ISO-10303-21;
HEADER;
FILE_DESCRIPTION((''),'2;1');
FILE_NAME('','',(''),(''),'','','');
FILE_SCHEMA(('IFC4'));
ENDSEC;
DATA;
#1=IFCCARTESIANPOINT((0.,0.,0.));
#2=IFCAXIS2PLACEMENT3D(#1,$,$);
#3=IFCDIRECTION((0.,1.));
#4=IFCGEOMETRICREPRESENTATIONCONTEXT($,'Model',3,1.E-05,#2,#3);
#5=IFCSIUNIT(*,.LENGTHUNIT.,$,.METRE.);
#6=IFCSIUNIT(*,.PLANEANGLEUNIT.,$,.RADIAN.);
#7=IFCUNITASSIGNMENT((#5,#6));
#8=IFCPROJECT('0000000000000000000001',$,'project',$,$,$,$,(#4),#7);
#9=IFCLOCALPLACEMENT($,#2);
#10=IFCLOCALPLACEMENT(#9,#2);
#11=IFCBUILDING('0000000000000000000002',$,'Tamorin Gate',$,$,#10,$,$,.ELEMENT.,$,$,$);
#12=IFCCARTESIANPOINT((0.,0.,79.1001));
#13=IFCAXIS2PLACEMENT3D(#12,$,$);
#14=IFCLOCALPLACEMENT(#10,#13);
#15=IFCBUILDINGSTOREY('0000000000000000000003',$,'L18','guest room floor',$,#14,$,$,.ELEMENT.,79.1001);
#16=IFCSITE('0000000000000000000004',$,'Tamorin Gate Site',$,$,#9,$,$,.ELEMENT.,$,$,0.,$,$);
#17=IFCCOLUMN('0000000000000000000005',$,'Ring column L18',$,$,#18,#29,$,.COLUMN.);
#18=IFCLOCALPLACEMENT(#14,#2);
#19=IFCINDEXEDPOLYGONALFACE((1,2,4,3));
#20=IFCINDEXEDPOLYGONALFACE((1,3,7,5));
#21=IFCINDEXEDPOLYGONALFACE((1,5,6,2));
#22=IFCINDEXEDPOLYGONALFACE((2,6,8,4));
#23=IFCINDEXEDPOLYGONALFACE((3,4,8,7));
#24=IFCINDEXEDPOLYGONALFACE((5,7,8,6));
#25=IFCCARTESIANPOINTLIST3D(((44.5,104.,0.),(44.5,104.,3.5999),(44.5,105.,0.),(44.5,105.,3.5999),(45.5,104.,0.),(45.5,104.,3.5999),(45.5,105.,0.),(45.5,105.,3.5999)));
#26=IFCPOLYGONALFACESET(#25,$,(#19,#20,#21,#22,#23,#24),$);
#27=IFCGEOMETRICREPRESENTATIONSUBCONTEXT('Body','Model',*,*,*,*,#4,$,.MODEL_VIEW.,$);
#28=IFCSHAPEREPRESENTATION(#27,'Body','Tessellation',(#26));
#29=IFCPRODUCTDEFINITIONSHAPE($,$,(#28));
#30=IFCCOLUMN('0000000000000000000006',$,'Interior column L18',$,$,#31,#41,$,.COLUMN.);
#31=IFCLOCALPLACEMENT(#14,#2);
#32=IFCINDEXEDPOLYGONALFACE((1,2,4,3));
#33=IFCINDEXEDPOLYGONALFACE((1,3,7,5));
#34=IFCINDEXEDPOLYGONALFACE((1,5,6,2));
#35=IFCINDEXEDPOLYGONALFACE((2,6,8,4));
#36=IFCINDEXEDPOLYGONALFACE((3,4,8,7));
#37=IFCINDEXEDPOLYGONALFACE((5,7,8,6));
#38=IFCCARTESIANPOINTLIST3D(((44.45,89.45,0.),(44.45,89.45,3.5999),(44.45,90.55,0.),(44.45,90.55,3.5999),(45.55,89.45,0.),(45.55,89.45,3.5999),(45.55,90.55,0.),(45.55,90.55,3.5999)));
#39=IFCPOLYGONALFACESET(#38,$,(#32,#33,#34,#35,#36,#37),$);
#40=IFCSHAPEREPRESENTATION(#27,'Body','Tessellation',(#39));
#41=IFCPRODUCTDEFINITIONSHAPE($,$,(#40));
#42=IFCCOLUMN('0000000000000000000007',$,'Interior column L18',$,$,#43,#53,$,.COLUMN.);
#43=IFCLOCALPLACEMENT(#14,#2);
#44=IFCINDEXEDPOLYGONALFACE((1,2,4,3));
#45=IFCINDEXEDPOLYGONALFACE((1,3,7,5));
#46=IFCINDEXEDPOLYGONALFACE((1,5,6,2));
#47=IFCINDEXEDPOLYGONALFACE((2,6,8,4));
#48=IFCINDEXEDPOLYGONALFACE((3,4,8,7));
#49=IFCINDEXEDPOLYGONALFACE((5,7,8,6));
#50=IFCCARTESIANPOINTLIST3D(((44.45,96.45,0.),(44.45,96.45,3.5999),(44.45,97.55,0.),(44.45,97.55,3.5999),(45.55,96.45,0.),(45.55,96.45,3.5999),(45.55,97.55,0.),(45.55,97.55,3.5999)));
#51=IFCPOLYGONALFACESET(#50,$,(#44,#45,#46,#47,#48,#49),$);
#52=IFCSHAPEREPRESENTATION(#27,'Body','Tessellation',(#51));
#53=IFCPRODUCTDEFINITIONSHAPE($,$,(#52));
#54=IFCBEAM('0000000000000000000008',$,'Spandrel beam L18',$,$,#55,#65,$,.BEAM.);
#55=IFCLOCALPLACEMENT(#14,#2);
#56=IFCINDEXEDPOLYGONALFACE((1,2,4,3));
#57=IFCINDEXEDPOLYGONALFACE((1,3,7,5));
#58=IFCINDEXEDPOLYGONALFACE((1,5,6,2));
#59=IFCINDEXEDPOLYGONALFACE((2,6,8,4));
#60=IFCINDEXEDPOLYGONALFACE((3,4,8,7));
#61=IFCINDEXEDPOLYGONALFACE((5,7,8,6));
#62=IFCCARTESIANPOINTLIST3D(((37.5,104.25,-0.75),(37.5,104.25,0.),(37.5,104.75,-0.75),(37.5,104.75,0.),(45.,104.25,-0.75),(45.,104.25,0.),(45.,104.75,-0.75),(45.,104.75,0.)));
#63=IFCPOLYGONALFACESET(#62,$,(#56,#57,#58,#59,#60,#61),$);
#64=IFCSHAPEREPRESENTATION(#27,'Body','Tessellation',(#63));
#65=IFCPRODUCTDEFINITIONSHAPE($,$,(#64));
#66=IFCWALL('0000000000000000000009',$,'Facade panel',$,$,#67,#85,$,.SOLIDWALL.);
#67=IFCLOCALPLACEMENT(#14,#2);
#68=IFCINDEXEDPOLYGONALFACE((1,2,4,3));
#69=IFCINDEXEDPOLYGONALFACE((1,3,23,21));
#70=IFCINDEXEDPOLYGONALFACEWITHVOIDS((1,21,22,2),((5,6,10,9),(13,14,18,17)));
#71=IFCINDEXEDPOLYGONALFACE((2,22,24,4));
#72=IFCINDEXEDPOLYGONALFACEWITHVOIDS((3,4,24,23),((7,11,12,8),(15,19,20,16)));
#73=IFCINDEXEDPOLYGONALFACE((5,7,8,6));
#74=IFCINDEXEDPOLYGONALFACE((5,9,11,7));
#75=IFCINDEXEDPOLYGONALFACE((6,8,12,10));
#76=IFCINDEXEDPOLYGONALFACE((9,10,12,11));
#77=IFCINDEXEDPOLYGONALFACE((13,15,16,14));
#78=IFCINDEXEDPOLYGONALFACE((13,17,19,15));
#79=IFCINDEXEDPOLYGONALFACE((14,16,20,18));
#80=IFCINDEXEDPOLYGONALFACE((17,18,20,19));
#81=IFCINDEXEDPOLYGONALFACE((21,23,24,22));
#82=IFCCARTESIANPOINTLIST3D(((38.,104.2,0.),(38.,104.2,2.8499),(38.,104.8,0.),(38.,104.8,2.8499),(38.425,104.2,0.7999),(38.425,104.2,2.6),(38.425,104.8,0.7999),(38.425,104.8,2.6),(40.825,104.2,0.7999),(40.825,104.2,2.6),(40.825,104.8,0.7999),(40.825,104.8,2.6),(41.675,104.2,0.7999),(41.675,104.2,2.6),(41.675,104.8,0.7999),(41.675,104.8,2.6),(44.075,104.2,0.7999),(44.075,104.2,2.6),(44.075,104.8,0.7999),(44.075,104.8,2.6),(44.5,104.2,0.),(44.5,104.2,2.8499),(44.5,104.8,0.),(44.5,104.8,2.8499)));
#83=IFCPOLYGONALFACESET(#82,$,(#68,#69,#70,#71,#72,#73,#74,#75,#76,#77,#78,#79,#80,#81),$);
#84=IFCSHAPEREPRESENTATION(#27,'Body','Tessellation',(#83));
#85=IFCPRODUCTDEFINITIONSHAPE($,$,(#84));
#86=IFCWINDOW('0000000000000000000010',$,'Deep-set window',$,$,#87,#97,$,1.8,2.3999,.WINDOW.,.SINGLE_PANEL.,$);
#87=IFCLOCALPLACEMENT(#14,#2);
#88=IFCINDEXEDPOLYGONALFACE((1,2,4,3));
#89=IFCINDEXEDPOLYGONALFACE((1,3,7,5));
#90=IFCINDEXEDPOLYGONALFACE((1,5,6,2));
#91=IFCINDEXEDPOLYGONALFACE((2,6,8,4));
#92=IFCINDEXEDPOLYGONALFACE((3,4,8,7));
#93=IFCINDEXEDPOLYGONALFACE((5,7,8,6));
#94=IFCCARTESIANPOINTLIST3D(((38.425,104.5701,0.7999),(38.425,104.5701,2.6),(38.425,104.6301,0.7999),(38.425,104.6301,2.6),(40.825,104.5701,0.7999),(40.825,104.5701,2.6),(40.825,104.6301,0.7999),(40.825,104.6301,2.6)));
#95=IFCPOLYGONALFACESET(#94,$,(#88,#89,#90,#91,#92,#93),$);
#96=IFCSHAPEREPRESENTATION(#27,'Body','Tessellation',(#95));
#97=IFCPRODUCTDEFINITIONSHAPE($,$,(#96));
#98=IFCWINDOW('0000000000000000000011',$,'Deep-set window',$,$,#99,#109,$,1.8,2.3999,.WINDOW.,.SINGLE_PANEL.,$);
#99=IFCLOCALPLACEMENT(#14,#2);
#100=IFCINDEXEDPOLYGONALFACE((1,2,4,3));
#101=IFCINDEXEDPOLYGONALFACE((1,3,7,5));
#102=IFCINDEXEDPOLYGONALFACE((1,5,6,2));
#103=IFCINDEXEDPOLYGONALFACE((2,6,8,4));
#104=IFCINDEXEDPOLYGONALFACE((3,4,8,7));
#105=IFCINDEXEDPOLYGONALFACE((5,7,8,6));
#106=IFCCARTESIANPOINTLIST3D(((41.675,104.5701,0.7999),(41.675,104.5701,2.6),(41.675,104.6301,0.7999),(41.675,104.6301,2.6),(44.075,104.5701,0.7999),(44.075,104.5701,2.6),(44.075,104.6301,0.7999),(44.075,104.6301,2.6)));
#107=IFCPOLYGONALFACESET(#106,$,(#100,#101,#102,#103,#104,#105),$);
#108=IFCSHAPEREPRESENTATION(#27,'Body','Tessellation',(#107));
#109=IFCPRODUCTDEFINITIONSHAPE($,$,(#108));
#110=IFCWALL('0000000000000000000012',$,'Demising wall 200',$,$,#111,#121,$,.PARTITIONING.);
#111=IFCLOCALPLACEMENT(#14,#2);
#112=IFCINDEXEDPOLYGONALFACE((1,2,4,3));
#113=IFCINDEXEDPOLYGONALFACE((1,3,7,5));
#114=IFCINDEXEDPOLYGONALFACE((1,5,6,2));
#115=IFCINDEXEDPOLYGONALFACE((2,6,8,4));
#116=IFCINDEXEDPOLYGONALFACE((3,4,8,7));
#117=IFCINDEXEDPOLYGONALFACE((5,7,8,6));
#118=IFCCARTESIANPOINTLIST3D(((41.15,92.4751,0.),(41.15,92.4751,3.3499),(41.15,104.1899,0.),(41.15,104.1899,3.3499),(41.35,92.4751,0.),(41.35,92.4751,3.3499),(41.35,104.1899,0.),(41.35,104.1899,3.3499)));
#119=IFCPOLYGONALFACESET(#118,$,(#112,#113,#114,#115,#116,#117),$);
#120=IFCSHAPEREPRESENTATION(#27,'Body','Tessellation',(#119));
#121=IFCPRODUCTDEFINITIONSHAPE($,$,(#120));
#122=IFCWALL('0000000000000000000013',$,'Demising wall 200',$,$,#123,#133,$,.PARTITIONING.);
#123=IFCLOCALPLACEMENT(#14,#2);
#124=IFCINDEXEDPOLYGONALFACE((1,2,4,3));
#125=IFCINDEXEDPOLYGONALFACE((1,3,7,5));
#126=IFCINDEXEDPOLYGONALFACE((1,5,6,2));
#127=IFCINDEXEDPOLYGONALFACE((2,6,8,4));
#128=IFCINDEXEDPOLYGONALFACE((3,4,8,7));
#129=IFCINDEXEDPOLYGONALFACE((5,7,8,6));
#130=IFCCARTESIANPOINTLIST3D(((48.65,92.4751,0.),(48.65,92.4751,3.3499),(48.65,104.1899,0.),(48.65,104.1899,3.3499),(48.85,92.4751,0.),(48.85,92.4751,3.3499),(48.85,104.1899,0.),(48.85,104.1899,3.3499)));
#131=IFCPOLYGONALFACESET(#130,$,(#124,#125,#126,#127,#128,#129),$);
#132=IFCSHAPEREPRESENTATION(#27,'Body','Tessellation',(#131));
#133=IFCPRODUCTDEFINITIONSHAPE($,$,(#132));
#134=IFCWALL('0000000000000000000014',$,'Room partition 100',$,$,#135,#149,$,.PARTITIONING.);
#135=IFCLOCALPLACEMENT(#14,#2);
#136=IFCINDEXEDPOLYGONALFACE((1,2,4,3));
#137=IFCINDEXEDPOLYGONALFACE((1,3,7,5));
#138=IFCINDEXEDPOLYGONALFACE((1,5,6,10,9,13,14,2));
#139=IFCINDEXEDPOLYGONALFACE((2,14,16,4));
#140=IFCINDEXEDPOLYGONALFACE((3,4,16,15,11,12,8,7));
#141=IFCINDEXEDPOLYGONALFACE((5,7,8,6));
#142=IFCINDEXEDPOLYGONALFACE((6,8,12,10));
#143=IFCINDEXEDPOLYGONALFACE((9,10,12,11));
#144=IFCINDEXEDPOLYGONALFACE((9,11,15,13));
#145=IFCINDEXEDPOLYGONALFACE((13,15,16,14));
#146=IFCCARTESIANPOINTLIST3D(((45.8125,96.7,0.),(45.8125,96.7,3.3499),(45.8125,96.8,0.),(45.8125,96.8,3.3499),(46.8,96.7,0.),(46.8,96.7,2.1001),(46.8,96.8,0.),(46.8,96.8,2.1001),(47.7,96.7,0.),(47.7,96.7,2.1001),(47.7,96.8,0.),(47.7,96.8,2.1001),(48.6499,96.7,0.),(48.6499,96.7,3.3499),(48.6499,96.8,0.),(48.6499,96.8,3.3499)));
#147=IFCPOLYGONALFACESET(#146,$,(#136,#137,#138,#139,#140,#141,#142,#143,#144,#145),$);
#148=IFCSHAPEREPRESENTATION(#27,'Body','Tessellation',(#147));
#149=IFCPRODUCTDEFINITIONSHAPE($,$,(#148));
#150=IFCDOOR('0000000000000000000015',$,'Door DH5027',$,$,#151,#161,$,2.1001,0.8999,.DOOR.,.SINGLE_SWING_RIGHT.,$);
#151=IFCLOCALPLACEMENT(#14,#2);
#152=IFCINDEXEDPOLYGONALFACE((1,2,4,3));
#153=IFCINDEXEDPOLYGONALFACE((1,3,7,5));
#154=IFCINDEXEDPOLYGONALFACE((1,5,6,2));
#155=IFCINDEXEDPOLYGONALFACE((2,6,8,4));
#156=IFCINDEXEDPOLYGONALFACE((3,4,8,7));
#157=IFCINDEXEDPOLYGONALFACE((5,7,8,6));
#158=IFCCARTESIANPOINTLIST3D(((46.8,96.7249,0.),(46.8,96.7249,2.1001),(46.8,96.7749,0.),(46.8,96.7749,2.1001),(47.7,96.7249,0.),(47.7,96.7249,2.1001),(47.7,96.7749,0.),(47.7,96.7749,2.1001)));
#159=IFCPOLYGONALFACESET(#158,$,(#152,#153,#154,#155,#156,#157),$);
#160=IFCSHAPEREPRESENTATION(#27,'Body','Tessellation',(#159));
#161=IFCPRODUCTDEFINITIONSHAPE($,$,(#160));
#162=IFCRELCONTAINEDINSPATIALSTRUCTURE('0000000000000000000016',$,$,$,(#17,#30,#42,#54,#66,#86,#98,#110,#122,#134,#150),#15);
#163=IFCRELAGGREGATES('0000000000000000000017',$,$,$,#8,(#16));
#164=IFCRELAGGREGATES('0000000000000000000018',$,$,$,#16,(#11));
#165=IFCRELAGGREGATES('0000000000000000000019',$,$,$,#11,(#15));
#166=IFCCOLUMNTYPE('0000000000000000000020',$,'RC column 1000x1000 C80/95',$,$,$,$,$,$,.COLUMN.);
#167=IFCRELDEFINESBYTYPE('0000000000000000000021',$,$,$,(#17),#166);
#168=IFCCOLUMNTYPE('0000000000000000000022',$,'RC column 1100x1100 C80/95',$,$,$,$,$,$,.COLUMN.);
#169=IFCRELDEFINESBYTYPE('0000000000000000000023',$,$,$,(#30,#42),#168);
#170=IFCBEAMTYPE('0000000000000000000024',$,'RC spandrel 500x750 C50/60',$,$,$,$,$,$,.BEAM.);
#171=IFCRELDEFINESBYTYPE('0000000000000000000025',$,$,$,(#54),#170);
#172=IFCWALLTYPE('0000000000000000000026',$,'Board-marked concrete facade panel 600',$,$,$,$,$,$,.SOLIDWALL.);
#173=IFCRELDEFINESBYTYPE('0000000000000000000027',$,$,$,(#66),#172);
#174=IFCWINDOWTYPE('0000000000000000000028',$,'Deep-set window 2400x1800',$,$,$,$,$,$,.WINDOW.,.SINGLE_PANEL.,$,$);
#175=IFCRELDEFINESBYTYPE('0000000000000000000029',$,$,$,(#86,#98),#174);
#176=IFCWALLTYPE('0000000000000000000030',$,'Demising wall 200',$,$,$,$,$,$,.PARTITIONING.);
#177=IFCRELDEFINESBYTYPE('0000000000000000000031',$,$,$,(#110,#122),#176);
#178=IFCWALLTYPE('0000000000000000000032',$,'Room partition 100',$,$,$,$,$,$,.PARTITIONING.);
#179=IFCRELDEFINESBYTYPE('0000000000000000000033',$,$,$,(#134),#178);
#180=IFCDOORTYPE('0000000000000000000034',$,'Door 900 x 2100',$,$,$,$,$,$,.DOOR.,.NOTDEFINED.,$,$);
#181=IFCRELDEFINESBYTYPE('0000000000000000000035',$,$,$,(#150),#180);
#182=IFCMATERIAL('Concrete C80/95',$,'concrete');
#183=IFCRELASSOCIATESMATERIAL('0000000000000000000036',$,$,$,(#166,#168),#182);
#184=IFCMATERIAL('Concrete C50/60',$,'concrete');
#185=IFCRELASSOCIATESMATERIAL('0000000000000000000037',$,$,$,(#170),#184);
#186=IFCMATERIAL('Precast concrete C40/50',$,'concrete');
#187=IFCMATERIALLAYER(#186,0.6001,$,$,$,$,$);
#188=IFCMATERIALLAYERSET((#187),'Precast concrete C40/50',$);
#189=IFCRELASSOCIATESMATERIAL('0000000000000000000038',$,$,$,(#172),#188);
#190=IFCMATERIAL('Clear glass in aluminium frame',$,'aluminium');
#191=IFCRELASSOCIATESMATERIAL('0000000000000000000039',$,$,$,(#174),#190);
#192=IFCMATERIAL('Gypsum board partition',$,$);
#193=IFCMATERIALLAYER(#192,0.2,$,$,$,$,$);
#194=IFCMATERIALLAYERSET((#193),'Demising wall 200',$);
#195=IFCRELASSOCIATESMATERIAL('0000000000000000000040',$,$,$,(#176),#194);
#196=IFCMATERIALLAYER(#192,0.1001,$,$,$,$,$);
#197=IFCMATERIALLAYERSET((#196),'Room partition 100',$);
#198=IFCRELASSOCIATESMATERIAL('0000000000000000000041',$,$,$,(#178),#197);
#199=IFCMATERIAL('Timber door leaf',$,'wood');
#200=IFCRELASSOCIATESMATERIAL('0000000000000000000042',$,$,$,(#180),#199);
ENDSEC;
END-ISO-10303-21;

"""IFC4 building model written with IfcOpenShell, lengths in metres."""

from ifc_helpers import new_model, si_unit, direction, frame, frame_2d, origin, origin_2d, place, context, subcontext, project, spatial, rectangle, extrude, material, layer, layer_set, material_profile, profile_set, type_object, element, fill, save


model = new_model("IFC4")

# Units and contexts
model_context = context("Model", 3, precision=1e-05, world=origin(), true_north=direction((0.0, 1.0)))
body_context = subcontext(model_context, "Body", "Model", "MODEL_VIEW")
ifc_project = project(units=[si_unit("LENGTHUNIT", "METRE"), si_unit("PLANEANGLEUNIT", "RADIAN")], contexts=[model_context])

# Site, building, storey
site_placement = place(None, origin())
site = spatial("IfcSite", under=ifc_project, at=site_placement, Name="Tamorin Gate Site", CompositionType="ELEMENT", RefElevation=0.0)
building_placement = place(site_placement, origin())
building = spatial("IfcBuilding", under=site, at=building_placement, Name="Tamorin Gate", CompositionType="ELEMENT")
storey_placement = place(building_placement, frame((0.0, 0.0, 79.1001)))
storey = spatial("IfcBuildingStorey", under=building, at=storey_placement, Name="L18", Description="guest room floor", CompositionType="ELEMENT", Elevation=79.1001)

# Columns
ifc_material_1 = material(Name="Concrete C80/95", Category="concrete")
ifc_material_profile_1 = material_profile(ifc_material_1, rectangle(XDim=1.0, YDim=1.0, at=origin_2d()), Name="RC 1000x1000")
ifc_profile_set_1 = profile_set([ifc_material_profile_1], Name="Concrete C80/95")
column_type_1 = type_object("IfcColumnType", Name="RC column 1000x1000 C80/95", PredefinedType="COLUMN", material=ifc_profile_set_1)
column_placement = place(storey_placement, frame((45.0, 104.5, 0.0), z_axis=(0.0, 0.0, 1.0), x_axis=(1.0, 0.0, 0.0)))
element("IfcColumn", 1, at=column_placement, inside=storey, type_object=column_type_1, Name="Ring column L18", PredefinedType="COLUMN", context=body_context, shape_type="SweptSolid", body=[
    extrude(rectangle(XDim=1.0, YDim=1.0, at=origin_2d()), origin(), (0.0, 0.0, 1.0), 3.5999),
])
ifc_material_profile_2 = material_profile(ifc_material_1, rectangle(XDim=1.1001, YDim=1.1001, at=origin_2d()), Name="RC 1100x1100")
ifc_profile_set_2 = profile_set([ifc_material_profile_2], Name="Concrete C80/95")
column_type_2 = type_object("IfcColumnType", Name="RC column 1100x1100 C80/95", PredefinedType="COLUMN", material=ifc_profile_set_2)
for number, where, z_axis, x_axis, name in (
    (2, (45.0, 90.0, 0.0), (0.0, 0.0, 1.0), (1.0, 0.0, 0.0), "Interior column L18"),
    (3, (45.0, 97.0, 0.0), (0.0, 0.0, 1.0), (1.0, 0.0, 0.0), "Interior column L18"),
):
    element("IfcColumn", number, at=place(storey_placement, frame(where, z_axis=z_axis, x_axis=x_axis)), inside=storey, type_object=column_type_2, Name=name, PredefinedType="COLUMN", context=body_context, shape_type="SweptSolid", body=[
        extrude(rectangle(XDim=1.1001, YDim=1.1001, at=origin_2d()), origin(), (0.0, 0.0, 1.0), 3.5999),
    ])

# Beam
ifc_material_2 = material(Name="Concrete C50/60", Category="concrete")
ifc_material_profile_3 = material_profile(ifc_material_2, rectangle(XDim=0.5, YDim=0.75, at=origin_2d()), Name="RC 500x750")
ifc_profile_set_3 = profile_set([ifc_material_profile_3], Name="Concrete C50/60")
beam_type = type_object("IfcBeamType", Name="RC spandrel 500x750 C50/60", PredefinedType="BEAM", material=ifc_profile_set_3)
beam_placement = place(storey_placement, frame((45.0, 104.5, -0.375), z_axis=(-1.0, 0.0, 0.0), x_axis=(0.0, -1.0, 0.0)))
element("IfcBeam", 4, at=beam_placement, inside=storey, type_object=beam_type, Name="Spandrel beam L18", PredefinedType="BEAM", context=body_context, shape_type="SweptSolid", body=[
    extrude(rectangle(XDim=0.5, YDim=0.75, at=origin_2d()), origin(), (0.0, 0.0, 1.0), 7.5),
])

# Wall, openings, windows
ifc_material_3 = material(Name="Precast concrete C40/50", Category="concrete")
ifc_layer_1 = layer(ifc_material_3, 0.6001)
ifc_layer_set_1 = layer_set([ifc_layer_1], Name="Precast concrete C40/50")
wall_type_1 = type_object("IfcWallType", Name="Board-marked concrete facade panel 600", PredefinedType="SOLIDWALL", material=ifc_layer_set_1)
wall_1_placement = place(storey_placement, frame((44.5, 104.5, 0.0), z_axis=(0.0, 0.0, 1.0), x_axis=(-1.0, 0.0, 0.0)))
wall_1 = element("IfcWall", 5, at=wall_1_placement, inside=storey, type_object=wall_type_1, Name="Facade panel", PredefinedType="SOLIDWALL", context=body_context, shape_type="SweptSolid", body=[
    extrude(rectangle(XDim=6.5, YDim=0.6001, at=frame_2d((3.25, 0.0))), origin(), (0.0, 0.0, 1.0), 2.8499),
])
opening_1_placement = place(wall_1_placement, frame((3.675, 0.0, 0.8)))
opening_1 = element("IfcOpeningElement", 6, at=opening_1_placement, cuts=wall_1, PredefinedType="OPENING", context=body_context, shape_type="SweptSolid", body=[
    extrude(rectangle(XDim=2.3999, YDim=1.8, at=frame_2d((1.2, 0.8999))), frame((0.0, 0.3101, 0.0), z_axis=(0.0, -1.0, 0.0), x_axis=(1.0, 0.0, 0.0)), (0.0, 0.0, 1.0), 0.6201),
])
opening_2_placement = place(wall_1_placement, frame((0.425, 0.0, 0.8)))
opening_2 = element("IfcOpeningElement", 7, at=opening_2_placement, cuts=wall_1, PredefinedType="OPENING", context=body_context, shape_type="SweptSolid", body=[
    extrude(rectangle(XDim=2.3999, YDim=1.8, at=frame_2d((1.2, 0.8999))), frame((0.0, 0.3101, 0.0), z_axis=(0.0, -1.0, 0.0), x_axis=(1.0, 0.0, 0.0)), (0.0, 0.0, 1.0), 0.6201),
])
ifc_material_4 = material(Name="Clear glass in aluminium frame", Category="aluminium")
window_type = type_object("IfcWindowType", Name="Deep-set window 2400x1800", PartitioningType="SINGLE_PANEL", PredefinedType="WINDOW", material=ifc_material_4)
window_1_placement = place(opening_1_placement, origin())
window_1 = element("IfcWindow", 8, at=window_1_placement, inside=storey, type_object=window_type, Name="Deep-set window", OverallHeight=1.8, OverallWidth=2.3999, PartitioningType="SINGLE_PANEL", PredefinedType="WINDOW", context=body_context, shape_type="SweptSolid", body=[
    extrude(rectangle(XDim=2.3999, YDim=1.8, at=frame_2d((1.2, 0.8999))), frame((0.0, -0.0701, 0.0), z_axis=(0.0, -1.0, 0.0), x_axis=(1.0, 0.0, 0.0)), (0.0, 0.0, 1.0), 0.0601),
])
fill(opening_1, window_1)
window_2_placement = place(opening_2_placement, origin())
window_2 = element("IfcWindow", 9, at=window_2_placement, inside=storey, type_object=window_type, Name="Deep-set window", OverallHeight=1.8, OverallWidth=2.3999, PartitioningType="SINGLE_PANEL", PredefinedType="WINDOW", context=body_context, shape_type="SweptSolid", body=[
    extrude(rectangle(XDim=2.3999, YDim=1.8, at=frame_2d((1.2, 0.8999))), frame((0.0, -0.0701, 0.0), z_axis=(0.0, -1.0, 0.0), x_axis=(1.0, 0.0, 0.0)), (0.0, 0.0, 1.0), 0.0601),
])
fill(opening_2, window_2)

# Walls
ifc_material_5 = material(Name="Gypsum board partition")
ifc_layer_2 = layer(ifc_material_5, 0.2)
ifc_layer_set_2 = layer_set([ifc_layer_2], Name="Demising wall 200")
wall_type_2 = type_object("IfcWallType", Name="Demising wall 200", PredefinedType="PARTITIONING", material=ifc_layer_set_2)
for number, where, z_axis, x_axis, name in (
    (10, (41.25, 92.4751, 0.0), (0.0, 0.0, 1.0), (0.0, 1.0, 0.0), "Demising wall 200"),
    (11, (48.75, 92.4751, 0.0), (0.0, 0.0, 1.0), (0.0, 1.0, 0.0), "Demising wall 200"),
):
    element("IfcWall", number, at=place(storey_placement, frame(where, z_axis=z_axis, x_axis=x_axis)), inside=storey, type_object=wall_type_2, Name=name, PredefinedType="PARTITIONING", context=body_context, shape_type="SweptSolid", body=[
        extrude(rectangle(XDim=11.7148, YDim=0.2, at=frame_2d((5.8574, 0.0))), origin(), (0.0, 0.0, 1.0), 3.3499),
    ])

# Wall, opening, door
ifc_layer_3 = layer(ifc_material_5, 0.1001)
ifc_layer_set_3 = layer_set([ifc_layer_3], Name="Room partition 100")
wall_type_3 = type_object("IfcWallType", Name="Room partition 100", PredefinedType="PARTITIONING", material=ifc_layer_set_3)
wall_2_placement = place(storey_placement, frame((45.8125, 96.75, 0.0), z_axis=(0.0, 0.0, 1.0), x_axis=(1.0, 0.0, 0.0)))
wall_2 = element("IfcWall", 12, at=wall_2_placement, inside=storey, type_object=wall_type_3, Name="Room partition 100", PredefinedType="PARTITIONING", context=body_context, shape_type="SweptSolid", body=[
    extrude(rectangle(XDim=2.8374, YDim=0.1001, at=frame_2d((1.4187, 0.0))), origin(), (0.0, 0.0, 1.0), 3.3499),
])
opening_3_placement = place(wall_2_placement, frame((0.9875, 0.0, 0.0)))
opening_3 = element("IfcOpeningElement", 13, at=opening_3_placement, cuts=wall_2, PredefinedType="OPENING", context=body_context, shape_type="SweptSolid", body=[
    extrude(rectangle(XDim=0.8999, YDim=2.1001, at=frame_2d((0.45, 1.05))), frame((0.0, 0.0601, 0.0), z_axis=(0.0, -1.0, 0.0), x_axis=(1.0, 0.0, 0.0)), (0.0, 0.0, 1.0), 0.1201),
])
ifc_material_6 = material(Name="Timber door leaf", Category="wood")
door_type = type_object("IfcDoorType", Name="Door 900 x 2100", OperationType="NOTDEFINED", PredefinedType="DOOR", material=ifc_material_6)
door_1_placement = place(opening_3_placement, origin())
door_1 = element("IfcDoor", 14, at=door_1_placement, inside=storey, type_object=door_type, Name="Door DH5027", OperationType="SINGLE_SWING_RIGHT", OverallHeight=2.1001, OverallWidth=0.8999, PredefinedType="DOOR", context=body_context, shape_type="SweptSolid", body=[
    extrude(rectangle(XDim=0.8999, YDim=2.1001, at=frame_2d((0.45, 1.05))), frame((0.0, 0.0249, 0.0), z_axis=(0.0, -1.0, 0.0), x_axis=(1.0, 0.0, 0.0)), (0.0, 0.0, 1.0), 0.05),
])
fill(opening_3, door_1)

save(model, "model.ifc")
